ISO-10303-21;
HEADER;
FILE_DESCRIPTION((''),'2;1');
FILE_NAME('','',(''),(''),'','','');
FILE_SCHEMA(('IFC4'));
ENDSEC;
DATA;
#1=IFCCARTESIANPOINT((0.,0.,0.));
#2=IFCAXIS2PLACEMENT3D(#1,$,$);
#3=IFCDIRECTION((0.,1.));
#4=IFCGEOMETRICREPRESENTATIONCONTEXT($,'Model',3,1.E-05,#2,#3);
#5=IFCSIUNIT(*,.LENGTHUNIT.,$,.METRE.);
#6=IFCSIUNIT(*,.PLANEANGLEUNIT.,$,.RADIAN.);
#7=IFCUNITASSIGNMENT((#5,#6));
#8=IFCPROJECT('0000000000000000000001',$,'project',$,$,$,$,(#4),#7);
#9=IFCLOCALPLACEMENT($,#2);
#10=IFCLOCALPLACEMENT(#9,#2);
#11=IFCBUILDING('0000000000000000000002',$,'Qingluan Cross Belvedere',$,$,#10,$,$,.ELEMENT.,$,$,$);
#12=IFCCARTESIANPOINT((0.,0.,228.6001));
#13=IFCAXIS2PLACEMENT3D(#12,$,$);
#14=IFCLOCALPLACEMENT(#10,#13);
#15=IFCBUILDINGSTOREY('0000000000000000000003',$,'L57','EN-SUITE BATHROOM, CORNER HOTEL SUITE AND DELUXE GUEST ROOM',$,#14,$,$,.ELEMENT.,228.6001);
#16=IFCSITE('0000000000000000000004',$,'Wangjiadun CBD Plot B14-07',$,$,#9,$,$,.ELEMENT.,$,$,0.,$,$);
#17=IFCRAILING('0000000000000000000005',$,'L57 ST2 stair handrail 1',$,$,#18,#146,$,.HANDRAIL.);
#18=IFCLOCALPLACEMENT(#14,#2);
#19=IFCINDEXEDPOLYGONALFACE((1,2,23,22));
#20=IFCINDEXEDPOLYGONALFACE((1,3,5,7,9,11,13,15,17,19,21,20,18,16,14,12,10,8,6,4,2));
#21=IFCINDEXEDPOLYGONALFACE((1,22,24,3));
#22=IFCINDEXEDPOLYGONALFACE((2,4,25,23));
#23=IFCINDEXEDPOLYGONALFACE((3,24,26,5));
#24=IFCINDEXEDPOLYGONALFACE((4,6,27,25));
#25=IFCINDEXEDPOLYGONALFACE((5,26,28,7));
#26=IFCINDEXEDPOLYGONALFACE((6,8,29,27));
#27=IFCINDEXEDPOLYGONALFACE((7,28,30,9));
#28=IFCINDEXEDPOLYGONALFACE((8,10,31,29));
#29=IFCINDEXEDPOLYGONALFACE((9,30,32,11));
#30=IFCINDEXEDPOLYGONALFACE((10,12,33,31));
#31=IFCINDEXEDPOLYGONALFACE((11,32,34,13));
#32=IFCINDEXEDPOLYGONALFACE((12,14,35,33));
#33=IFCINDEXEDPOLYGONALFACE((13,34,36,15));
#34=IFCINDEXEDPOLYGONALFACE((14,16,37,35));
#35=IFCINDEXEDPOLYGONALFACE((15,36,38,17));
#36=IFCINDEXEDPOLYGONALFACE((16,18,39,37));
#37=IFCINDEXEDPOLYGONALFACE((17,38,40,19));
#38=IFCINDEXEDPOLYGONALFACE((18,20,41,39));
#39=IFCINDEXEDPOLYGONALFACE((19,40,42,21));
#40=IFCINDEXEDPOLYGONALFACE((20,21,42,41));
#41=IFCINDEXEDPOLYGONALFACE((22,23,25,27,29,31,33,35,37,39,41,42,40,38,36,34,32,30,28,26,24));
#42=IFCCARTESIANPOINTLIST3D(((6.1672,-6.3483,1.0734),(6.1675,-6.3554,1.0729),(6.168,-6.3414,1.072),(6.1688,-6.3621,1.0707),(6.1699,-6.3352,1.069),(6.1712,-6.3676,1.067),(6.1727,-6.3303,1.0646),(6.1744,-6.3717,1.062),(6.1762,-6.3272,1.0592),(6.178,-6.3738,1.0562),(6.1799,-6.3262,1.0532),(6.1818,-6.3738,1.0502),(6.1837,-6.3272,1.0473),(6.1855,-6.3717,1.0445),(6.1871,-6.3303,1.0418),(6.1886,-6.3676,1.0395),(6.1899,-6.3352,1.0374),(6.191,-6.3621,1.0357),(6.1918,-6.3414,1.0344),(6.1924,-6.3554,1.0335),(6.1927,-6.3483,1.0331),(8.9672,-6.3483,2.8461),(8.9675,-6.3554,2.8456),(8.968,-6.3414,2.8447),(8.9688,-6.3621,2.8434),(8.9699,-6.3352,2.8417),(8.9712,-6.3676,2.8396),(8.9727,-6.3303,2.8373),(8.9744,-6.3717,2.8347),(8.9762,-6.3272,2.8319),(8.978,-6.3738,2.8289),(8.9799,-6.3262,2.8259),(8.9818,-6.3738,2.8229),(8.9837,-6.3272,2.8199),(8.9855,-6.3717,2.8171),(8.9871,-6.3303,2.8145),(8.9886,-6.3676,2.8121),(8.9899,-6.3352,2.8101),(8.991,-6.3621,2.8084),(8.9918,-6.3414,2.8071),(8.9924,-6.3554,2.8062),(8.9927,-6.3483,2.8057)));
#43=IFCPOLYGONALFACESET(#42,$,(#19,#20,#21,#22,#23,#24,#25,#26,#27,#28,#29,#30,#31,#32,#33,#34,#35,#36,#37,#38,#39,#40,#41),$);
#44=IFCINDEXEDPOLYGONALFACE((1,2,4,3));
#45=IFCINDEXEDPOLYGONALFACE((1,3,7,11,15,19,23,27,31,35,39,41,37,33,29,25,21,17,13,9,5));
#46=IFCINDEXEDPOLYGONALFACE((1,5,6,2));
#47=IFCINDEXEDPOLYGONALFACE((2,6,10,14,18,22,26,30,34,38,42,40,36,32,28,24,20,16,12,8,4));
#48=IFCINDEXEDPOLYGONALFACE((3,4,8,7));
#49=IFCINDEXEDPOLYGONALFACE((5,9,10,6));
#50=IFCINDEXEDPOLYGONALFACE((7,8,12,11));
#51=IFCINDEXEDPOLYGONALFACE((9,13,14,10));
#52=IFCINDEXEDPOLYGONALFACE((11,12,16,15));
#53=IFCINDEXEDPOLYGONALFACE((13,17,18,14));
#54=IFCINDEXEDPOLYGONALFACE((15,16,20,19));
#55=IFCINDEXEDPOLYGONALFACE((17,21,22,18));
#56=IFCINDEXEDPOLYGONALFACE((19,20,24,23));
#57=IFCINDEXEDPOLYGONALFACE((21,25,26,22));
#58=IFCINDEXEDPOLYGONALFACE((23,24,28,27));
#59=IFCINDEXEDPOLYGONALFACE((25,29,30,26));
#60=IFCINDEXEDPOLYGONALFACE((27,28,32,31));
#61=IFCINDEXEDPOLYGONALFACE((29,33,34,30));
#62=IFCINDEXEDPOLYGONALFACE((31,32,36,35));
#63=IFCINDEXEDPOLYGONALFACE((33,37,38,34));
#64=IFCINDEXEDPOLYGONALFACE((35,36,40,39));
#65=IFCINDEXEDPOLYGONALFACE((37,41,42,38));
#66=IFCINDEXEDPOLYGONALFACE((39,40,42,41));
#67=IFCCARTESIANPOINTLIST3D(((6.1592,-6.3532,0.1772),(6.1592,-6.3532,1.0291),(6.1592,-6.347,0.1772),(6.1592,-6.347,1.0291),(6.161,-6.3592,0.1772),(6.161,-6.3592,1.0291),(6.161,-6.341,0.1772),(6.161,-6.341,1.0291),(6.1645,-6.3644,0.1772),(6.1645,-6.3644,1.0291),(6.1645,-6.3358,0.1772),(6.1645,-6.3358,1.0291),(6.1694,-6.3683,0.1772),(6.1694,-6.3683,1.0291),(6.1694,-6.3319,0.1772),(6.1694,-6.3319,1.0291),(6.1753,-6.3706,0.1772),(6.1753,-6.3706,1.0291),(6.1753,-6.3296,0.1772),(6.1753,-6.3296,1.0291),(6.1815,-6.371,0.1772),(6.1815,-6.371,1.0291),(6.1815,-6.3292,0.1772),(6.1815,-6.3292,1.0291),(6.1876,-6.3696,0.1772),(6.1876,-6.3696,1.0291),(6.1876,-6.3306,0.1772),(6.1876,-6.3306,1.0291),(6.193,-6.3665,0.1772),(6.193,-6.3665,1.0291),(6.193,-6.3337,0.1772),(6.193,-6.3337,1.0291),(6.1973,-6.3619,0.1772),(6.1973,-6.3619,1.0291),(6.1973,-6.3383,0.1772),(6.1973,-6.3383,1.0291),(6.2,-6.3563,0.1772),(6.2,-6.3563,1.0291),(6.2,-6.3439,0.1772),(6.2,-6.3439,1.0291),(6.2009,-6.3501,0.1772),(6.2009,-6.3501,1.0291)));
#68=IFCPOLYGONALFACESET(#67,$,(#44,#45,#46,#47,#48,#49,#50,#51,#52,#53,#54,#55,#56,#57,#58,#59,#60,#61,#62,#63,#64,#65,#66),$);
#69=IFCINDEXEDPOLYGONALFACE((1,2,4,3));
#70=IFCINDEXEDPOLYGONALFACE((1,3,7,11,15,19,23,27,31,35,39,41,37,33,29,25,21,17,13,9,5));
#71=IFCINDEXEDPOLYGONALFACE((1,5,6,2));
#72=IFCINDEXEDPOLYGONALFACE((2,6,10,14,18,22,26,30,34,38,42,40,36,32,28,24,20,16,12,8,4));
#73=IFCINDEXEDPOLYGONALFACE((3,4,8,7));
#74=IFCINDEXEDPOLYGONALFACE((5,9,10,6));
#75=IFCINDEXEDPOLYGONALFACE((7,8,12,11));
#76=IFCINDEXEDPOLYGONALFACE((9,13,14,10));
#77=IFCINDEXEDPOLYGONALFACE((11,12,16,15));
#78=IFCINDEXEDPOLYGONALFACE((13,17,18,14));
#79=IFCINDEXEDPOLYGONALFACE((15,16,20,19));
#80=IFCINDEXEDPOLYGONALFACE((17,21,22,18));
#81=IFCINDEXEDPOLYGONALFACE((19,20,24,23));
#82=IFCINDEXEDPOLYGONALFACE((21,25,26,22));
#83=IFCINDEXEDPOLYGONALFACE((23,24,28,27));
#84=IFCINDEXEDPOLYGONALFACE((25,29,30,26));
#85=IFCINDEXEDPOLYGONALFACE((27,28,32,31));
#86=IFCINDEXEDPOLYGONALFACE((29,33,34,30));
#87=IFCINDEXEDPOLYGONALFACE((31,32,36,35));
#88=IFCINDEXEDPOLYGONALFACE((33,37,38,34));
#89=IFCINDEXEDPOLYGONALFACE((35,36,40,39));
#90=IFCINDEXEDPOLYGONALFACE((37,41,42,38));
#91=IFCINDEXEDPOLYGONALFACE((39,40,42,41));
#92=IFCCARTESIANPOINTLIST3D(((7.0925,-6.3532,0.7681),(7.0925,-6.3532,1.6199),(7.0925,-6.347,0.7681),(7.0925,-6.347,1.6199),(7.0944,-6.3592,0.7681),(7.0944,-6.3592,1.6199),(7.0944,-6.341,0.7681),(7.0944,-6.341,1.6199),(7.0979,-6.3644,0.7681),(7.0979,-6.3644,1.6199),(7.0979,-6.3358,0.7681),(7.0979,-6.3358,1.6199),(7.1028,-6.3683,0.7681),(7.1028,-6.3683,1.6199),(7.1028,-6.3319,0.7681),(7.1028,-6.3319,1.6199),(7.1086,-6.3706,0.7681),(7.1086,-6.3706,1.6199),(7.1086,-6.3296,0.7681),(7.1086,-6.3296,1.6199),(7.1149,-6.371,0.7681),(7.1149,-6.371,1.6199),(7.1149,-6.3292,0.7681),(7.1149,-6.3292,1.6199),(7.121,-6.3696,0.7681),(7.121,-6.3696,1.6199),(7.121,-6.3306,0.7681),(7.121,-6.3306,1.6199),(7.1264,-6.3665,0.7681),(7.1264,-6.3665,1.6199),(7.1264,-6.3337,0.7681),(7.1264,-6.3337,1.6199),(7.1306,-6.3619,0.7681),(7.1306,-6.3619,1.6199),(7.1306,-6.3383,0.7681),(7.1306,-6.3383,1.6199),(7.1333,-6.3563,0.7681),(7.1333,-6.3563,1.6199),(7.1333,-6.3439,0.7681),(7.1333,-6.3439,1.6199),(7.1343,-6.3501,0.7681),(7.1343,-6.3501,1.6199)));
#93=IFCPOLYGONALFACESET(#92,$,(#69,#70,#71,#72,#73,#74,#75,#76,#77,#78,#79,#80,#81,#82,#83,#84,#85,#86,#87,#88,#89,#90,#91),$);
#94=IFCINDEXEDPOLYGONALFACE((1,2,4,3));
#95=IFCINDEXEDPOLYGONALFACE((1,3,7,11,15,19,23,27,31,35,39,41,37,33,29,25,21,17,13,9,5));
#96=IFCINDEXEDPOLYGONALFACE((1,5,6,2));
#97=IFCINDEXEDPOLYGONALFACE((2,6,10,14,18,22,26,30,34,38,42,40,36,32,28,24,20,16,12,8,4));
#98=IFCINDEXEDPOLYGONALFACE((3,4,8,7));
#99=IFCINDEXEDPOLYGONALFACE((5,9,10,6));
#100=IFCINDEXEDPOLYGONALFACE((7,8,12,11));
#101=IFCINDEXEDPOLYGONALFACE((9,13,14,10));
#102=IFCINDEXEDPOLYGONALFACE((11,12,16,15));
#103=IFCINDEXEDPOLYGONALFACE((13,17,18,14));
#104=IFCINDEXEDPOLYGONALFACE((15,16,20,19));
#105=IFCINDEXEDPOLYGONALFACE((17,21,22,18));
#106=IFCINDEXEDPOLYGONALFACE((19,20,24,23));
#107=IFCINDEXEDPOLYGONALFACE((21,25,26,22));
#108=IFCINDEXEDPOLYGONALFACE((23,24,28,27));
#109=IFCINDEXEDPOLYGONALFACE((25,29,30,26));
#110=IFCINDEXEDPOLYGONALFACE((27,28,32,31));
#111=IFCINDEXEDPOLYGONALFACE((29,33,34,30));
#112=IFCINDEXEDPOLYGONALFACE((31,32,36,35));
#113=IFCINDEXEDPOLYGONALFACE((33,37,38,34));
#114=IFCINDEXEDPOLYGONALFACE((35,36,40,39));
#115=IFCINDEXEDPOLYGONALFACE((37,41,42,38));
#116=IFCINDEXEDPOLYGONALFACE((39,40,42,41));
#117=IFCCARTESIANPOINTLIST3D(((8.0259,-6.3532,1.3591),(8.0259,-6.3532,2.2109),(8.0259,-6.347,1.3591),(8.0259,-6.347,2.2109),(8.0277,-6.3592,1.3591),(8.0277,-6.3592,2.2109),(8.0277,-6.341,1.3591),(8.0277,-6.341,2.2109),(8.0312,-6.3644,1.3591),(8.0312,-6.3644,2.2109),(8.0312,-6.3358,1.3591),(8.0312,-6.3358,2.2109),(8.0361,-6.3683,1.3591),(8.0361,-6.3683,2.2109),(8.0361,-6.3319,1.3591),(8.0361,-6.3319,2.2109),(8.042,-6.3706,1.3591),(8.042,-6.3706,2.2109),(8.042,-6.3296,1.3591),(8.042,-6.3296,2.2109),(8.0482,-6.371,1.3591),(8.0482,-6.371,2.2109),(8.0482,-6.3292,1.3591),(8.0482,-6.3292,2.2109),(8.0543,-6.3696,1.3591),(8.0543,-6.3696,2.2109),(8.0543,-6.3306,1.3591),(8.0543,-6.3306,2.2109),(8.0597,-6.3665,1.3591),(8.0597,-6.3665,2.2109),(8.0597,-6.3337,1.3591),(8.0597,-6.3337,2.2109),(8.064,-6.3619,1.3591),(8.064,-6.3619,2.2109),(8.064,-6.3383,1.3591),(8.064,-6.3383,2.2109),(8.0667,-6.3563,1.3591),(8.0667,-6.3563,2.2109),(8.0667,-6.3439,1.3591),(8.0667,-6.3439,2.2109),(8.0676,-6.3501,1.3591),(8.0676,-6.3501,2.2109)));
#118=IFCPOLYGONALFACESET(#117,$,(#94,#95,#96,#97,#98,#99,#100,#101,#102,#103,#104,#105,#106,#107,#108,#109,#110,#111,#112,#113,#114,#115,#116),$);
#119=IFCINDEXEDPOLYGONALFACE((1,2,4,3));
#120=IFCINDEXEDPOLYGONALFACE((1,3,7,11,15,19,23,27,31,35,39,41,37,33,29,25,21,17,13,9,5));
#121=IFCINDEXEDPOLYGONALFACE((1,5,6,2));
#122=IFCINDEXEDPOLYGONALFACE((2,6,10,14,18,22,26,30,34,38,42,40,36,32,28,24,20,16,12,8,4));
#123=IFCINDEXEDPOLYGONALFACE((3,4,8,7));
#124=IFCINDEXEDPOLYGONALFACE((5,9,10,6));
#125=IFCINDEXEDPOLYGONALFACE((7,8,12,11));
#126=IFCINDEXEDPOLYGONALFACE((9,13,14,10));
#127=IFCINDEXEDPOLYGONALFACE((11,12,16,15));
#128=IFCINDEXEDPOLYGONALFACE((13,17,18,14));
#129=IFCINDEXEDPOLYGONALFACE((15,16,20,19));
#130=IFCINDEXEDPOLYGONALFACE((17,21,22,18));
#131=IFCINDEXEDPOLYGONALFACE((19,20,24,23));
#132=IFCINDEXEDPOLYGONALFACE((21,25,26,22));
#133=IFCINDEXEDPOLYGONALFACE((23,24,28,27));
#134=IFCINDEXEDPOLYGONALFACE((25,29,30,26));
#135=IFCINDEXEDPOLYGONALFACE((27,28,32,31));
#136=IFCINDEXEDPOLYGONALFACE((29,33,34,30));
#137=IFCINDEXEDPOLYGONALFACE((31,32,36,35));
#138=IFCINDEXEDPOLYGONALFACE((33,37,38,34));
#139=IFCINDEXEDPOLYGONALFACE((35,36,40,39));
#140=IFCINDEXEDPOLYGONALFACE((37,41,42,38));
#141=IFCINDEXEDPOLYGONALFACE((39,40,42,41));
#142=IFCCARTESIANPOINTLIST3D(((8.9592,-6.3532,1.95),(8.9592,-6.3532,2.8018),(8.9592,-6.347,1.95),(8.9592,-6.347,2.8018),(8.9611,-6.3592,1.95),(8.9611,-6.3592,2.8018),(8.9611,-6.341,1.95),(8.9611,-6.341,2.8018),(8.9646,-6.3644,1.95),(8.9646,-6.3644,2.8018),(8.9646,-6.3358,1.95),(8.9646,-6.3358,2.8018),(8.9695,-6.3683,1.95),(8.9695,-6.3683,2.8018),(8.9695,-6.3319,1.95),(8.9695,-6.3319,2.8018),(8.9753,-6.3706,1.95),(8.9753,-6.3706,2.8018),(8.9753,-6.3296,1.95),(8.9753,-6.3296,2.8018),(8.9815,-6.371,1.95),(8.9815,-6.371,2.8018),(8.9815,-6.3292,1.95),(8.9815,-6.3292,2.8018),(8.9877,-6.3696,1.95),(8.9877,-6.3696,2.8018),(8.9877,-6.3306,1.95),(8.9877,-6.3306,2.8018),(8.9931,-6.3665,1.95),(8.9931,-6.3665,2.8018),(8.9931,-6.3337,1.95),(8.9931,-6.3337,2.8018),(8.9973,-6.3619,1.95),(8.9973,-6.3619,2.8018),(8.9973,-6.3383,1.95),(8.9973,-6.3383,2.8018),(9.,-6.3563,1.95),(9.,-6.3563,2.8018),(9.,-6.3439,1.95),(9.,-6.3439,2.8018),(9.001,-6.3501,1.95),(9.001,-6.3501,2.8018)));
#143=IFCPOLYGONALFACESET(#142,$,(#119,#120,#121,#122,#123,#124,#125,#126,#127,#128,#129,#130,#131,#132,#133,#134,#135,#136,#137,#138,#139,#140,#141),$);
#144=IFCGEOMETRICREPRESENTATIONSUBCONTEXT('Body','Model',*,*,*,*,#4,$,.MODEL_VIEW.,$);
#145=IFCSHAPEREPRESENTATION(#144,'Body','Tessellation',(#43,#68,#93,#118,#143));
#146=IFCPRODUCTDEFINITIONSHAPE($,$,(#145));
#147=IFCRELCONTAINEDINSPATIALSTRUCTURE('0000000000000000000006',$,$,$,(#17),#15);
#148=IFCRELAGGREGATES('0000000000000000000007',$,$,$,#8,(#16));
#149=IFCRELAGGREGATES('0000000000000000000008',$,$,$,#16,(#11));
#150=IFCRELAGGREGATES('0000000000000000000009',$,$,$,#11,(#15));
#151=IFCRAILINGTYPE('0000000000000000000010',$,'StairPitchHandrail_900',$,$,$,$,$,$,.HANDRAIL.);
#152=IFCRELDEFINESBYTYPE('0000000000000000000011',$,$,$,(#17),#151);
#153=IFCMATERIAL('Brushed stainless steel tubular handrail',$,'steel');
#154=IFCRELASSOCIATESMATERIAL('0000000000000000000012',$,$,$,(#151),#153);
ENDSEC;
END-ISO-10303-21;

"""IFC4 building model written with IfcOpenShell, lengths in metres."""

from ifc_helpers import new_model, si_unit, direction, frame, origin, origin_2d, place, context, subcontext, project, spatial, circle, extrude, material, type_object, element, save


model = new_model("IFC4")

# Units and contexts
model_context = context("Model", 3, precision=1e-05, world=origin(), true_north=direction((0.0, 1.0)))
body_context = subcontext(model_context, "Body", "Model", "MODEL_VIEW")
ifc_project = project(units=[si_unit("LENGTHUNIT", "METRE"), si_unit("PLANEANGLEUNIT", "RADIAN")], contexts=[model_context])

# Site, building, storey
site_placement = place(None, origin())
site = spatial("IfcSite", under=ifc_project, at=site_placement, Name="Wangjiadun CBD Plot B14-07", CompositionType="ELEMENT", RefElevation=0.0)
building_placement = place(site_placement, origin())
building = spatial("IfcBuilding", under=site, at=building_placement, Name="Qingluan Cross Belvedere", CompositionType="ELEMENT")
storey_placement = place(building_placement, frame((0.0, 0.0, 228.6001)))
storey = spatial("IfcBuildingStorey", under=building, at=storey_placement, Name="L57", Description="EN-SUITE BATHROOM, CORNER HOTEL SUITE AND DELUXE GUEST ROOM", CompositionType="ELEMENT", Elevation=228.6001)

# Railing
ifc_material_1 = material(Name="Brushed stainless steel tubular handrail", Category="steel")
railing_type_1 = type_object("IfcRailingType", Name="StairPitchHandrail_900", PredefinedType="HANDRAIL", material=ifc_material_1)
railing_1_placement = place(storey_placement, frame((6.1799, -6.3501, 0.1772)))
element("IfcRailing", 1, at=railing_1_placement, inside=storey, type_object=railing_type_1, Name="L57 ST2 stair handrail 1", PredefinedType="HANDRAIL", context=body_context, shape_type="SweptSolid", body=[
    extrude(circle(Radius=0.0239, at=origin_2d()), frame((0.0, 0.0, 0.876), z_axis=(0.844909, 0.0, 0.53491), x_axis=(0.0, 1.0, 0.0)), (0.0, 0.0, 1.0), 3.314),
    extrude(circle(Radius=0.021, at=origin_2d()), origin(), (0.0, 0.0, 1.0), 0.8518),
    extrude(circle(Radius=0.021, at=origin_2d()), frame((0.9333, 0.0, 0.5908)), (0.0, 0.0, 1.0), 0.8518),
    extrude(circle(Radius=0.021, at=origin_2d()), frame((1.8667, 0.0, 1.1819)), (0.0, 0.0, 1.0), 0.8518),
    extrude(circle(Radius=0.021, at=origin_2d()), frame((2.8, 0.0, 1.7727)), (0.0, 0.0, 1.0), 0.8518),
])

save(model, "model.ifc")
